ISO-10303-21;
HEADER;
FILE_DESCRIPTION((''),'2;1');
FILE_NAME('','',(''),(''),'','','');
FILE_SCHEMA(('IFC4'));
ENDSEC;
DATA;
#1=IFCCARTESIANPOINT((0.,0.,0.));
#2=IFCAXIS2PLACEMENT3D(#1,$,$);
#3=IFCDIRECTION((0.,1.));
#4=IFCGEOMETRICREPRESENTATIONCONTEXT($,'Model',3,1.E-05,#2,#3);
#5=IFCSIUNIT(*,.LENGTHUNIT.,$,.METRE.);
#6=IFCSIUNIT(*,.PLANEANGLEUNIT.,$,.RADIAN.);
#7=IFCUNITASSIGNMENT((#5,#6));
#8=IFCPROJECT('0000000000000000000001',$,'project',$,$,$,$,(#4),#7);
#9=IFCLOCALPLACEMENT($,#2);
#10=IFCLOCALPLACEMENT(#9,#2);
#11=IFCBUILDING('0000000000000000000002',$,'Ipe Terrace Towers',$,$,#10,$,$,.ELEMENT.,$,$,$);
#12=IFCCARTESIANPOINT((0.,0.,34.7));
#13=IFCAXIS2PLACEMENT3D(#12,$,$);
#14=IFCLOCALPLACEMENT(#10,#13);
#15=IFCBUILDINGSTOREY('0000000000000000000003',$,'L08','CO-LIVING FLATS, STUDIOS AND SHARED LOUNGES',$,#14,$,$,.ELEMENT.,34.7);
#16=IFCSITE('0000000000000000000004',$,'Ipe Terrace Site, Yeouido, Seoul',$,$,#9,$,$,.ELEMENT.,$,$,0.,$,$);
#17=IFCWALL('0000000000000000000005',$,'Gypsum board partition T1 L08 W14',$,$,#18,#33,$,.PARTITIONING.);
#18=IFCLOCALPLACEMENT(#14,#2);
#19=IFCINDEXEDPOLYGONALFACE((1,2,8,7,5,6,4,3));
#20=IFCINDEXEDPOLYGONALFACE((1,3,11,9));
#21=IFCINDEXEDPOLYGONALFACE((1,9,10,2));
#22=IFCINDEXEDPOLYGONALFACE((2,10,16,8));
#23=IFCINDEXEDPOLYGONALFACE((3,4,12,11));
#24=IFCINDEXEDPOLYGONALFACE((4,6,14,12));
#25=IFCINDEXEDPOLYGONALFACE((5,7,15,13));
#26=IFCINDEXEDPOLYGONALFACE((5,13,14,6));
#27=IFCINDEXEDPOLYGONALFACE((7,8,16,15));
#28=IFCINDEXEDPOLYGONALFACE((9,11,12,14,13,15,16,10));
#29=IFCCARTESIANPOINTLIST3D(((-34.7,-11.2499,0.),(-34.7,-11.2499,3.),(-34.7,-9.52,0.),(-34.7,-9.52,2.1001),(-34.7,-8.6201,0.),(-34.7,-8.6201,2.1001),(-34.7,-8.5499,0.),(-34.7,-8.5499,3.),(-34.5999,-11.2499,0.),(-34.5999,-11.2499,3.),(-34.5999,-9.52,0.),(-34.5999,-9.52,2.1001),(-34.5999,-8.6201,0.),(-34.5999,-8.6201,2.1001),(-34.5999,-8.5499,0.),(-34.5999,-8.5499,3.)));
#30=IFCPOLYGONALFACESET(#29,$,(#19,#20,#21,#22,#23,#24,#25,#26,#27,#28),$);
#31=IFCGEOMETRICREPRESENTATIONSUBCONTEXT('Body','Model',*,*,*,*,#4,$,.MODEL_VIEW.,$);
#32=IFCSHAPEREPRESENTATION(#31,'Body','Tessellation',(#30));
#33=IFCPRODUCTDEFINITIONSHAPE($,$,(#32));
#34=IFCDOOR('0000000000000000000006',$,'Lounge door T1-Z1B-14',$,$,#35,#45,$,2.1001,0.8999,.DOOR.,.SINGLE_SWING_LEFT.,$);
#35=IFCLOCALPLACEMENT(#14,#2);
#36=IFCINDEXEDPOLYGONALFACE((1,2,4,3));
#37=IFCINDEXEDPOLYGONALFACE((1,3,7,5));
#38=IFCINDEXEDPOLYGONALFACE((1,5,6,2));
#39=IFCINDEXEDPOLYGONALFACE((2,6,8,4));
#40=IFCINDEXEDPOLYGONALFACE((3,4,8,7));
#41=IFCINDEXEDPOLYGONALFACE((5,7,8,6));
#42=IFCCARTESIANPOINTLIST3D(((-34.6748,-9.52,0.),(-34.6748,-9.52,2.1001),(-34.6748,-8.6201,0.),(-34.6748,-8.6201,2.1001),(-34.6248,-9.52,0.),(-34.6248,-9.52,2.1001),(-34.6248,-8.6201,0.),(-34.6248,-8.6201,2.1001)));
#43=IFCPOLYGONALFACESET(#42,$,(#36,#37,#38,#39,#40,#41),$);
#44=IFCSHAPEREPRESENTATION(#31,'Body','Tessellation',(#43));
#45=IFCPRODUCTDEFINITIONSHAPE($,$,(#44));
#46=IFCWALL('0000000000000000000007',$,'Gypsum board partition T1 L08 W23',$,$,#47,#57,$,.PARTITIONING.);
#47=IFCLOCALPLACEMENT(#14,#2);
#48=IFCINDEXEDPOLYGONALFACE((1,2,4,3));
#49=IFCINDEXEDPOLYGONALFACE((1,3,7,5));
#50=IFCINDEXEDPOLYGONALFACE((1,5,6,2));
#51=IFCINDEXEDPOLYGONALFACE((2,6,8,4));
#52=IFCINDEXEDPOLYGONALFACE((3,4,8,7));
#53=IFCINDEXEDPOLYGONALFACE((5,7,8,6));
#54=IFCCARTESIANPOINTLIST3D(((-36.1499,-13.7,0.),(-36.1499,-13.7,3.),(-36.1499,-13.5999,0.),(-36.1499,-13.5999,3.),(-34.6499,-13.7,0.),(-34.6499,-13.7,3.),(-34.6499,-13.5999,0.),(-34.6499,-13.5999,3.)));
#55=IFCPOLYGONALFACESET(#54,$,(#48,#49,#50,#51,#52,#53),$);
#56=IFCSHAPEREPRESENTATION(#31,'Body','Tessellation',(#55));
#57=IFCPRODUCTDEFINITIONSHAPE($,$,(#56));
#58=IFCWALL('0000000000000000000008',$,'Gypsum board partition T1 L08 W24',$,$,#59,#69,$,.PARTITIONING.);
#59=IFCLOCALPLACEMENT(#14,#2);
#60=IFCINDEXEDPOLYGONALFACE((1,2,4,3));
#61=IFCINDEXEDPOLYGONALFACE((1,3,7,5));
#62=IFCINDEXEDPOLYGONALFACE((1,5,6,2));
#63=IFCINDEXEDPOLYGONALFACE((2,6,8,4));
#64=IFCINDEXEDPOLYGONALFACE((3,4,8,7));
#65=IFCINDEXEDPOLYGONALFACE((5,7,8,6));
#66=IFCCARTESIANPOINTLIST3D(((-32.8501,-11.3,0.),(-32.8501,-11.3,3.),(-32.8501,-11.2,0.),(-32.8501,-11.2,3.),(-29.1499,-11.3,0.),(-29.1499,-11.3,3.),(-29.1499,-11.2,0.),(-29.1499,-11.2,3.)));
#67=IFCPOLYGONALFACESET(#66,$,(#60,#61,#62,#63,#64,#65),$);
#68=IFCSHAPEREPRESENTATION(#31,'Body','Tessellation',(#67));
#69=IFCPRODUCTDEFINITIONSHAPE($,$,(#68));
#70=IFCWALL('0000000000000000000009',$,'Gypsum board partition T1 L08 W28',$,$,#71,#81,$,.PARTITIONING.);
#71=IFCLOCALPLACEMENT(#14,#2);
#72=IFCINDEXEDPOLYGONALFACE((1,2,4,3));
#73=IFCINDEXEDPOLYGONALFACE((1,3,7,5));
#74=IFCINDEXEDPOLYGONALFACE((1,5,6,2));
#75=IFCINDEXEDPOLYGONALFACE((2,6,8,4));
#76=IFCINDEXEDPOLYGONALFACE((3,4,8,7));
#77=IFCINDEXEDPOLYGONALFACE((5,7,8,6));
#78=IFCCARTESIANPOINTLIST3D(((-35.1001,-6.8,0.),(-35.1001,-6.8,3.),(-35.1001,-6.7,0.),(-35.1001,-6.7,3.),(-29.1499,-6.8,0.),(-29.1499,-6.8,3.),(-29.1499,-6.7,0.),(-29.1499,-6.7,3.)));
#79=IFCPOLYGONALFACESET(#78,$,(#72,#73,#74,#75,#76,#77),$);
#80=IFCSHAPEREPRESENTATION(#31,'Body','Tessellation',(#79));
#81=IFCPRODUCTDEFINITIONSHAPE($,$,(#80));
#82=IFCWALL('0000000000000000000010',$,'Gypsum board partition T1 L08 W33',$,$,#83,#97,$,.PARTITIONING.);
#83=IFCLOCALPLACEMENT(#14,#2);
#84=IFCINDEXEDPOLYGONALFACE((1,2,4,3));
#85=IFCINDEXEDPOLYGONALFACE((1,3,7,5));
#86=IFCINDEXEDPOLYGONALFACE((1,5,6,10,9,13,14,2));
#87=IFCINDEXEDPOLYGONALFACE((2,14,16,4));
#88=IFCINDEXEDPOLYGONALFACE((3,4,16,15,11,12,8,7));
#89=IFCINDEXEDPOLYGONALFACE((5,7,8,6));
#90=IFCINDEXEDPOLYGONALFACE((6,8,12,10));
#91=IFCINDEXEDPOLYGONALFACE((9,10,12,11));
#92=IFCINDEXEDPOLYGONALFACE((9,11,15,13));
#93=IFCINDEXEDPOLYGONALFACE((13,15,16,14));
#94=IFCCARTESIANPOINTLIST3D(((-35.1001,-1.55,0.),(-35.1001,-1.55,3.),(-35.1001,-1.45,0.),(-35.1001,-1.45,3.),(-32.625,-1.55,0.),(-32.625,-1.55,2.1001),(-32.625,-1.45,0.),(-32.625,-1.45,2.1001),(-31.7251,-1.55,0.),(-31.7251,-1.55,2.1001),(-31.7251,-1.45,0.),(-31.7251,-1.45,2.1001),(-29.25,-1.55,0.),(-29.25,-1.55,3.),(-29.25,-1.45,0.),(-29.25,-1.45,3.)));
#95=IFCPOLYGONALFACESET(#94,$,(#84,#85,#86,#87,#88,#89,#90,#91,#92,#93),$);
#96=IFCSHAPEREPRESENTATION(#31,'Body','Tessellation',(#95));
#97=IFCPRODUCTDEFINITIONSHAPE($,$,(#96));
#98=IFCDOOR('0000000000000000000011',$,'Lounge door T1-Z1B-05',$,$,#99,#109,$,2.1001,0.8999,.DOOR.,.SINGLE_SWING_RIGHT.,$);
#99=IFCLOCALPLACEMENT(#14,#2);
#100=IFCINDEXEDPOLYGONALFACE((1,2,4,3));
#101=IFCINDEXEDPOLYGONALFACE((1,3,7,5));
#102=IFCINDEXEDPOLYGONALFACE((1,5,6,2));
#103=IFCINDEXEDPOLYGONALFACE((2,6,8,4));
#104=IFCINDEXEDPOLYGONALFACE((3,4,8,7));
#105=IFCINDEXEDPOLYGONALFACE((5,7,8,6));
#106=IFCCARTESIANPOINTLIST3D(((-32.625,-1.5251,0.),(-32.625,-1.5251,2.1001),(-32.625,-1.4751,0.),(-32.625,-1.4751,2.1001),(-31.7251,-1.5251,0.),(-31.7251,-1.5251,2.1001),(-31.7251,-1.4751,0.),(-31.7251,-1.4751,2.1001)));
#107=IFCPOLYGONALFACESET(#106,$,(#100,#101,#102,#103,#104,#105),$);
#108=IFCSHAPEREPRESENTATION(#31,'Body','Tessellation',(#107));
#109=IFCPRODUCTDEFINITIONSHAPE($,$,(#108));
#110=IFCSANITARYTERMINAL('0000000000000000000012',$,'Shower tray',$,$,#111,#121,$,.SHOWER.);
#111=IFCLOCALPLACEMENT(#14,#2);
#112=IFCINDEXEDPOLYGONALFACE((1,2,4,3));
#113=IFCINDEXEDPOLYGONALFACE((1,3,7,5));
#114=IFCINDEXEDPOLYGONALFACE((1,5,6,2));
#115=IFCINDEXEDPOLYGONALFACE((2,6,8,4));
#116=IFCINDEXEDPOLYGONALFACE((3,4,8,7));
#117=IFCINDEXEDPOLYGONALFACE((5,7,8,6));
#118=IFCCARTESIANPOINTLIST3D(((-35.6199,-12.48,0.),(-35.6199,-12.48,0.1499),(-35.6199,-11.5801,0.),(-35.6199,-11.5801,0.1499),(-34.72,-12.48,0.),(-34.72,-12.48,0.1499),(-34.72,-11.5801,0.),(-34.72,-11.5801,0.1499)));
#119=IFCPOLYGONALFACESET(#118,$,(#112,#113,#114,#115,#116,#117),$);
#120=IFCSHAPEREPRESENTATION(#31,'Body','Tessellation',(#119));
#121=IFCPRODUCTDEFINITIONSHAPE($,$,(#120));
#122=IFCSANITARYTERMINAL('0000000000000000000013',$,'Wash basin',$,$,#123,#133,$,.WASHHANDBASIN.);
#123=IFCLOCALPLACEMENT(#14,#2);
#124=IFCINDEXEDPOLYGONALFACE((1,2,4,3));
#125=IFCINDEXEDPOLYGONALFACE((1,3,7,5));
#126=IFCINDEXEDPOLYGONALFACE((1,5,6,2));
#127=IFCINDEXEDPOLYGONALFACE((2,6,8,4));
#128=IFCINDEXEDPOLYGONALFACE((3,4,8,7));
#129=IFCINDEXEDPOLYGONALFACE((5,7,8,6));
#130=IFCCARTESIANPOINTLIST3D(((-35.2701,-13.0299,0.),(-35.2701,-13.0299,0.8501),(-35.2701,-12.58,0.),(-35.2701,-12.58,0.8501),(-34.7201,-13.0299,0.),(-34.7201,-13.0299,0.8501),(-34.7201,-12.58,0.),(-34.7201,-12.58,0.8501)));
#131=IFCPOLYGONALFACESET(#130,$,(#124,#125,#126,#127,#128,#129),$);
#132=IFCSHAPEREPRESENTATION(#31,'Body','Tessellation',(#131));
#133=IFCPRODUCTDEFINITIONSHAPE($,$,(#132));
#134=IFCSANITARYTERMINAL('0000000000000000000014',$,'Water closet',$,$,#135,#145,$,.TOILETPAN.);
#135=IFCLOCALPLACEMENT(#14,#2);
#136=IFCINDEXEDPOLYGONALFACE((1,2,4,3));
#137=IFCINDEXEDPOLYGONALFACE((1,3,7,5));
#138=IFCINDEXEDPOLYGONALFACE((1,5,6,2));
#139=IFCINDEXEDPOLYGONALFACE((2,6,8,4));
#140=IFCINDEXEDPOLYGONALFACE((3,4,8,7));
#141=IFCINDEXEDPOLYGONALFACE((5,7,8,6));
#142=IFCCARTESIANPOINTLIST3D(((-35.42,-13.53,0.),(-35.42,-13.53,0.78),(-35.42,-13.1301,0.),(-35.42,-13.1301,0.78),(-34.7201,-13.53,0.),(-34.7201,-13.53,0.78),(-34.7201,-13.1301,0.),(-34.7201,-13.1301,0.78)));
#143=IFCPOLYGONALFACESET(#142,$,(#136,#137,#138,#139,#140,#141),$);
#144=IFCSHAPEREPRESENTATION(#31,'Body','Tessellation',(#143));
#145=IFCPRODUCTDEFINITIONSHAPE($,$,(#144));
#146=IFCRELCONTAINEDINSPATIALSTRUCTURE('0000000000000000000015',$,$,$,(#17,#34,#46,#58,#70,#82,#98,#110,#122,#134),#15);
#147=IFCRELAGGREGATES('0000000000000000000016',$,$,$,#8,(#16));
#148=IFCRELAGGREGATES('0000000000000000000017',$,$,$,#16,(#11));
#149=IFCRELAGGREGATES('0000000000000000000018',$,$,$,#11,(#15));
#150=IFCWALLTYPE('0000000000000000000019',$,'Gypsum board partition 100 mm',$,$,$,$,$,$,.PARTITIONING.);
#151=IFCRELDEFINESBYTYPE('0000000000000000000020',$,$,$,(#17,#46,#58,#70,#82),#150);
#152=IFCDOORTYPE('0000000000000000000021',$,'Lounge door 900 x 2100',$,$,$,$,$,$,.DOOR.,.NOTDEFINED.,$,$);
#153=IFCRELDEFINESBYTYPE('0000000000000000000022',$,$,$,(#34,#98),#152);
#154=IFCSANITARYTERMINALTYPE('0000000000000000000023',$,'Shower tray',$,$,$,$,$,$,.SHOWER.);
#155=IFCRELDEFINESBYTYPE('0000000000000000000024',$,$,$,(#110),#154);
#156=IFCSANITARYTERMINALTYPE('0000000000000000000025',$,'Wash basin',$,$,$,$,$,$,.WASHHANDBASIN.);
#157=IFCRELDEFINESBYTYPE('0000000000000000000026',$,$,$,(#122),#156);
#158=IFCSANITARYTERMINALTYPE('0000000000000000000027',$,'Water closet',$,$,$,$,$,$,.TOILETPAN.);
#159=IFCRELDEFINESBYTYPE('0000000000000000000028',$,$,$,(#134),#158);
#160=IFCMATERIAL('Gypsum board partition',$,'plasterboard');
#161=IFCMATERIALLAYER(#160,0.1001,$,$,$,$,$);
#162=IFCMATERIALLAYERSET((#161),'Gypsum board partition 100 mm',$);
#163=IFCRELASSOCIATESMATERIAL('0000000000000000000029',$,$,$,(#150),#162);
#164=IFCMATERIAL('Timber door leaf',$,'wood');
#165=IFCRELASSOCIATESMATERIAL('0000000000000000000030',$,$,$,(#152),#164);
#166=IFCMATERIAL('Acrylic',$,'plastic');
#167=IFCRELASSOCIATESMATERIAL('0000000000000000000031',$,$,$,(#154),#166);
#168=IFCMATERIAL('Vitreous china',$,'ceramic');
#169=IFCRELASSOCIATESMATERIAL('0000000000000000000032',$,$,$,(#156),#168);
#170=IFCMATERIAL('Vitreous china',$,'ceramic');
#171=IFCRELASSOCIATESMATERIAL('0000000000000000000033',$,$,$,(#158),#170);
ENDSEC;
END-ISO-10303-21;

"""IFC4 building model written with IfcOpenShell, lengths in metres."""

from ifc_helpers import new_model, si_unit, direction, frame, frame_2d, origin, origin_2d, place, context, subcontext, project, spatial, rectangle, extrude, material, layer, layer_set, type_object, element, fill, save


model = new_model("IFC4")

# Units and contexts
model_context = context("Model", 3, precision=1e-05, world=origin(), true_north=direction((0.0, 1.0)))
body_context = subcontext(model_context, "Body", "Model", "MODEL_VIEW")
ifc_project = project(units=[si_unit("LENGTHUNIT", "METRE"), si_unit("PLANEANGLEUNIT", "RADIAN")], contexts=[model_context])

# Site, building, storey
site_placement = place(None, origin())
site = spatial("IfcSite", under=ifc_project, at=site_placement, Name="Ipe Terrace Site, Yeouido, Seoul", CompositionType="ELEMENT", RefElevation=0.0)
building_placement = place(site_placement, origin())
building = spatial("IfcBuilding", under=site, at=building_placement, Name="Ipe Terrace Towers", CompositionType="ELEMENT")
storey_placement = place(building_placement, frame((0.0, 0.0, 34.7)))
storey = spatial("IfcBuildingStorey", under=building, at=storey_placement, Name="L08", Description="CO-LIVING FLATS, STUDIOS AND SHARED LOUNGES", CompositionType="ELEMENT", Elevation=34.7)

# Shared definitions
ifc_material_1 = material(Name="Gypsum board partition", Category="plasterboard")
ifc_layer_1 = layer(ifc_material_1, 0.1001)
ifc_layer_set_1 = layer_set([ifc_layer_1], Name="Gypsum board partition 100 mm")
wall_type = type_object("IfcWallType", Name="Gypsum board partition 100 mm", PredefinedType="PARTITIONING", material=ifc_layer_set_1)

# Wall, opening, door
wall_1_placement = place(storey_placement, frame((-34.6499, -11.25, 0.0), z_axis=(0.0, 0.0, 1.0), x_axis=(0.0, 1.0, 0.0)))
wall_1 = element("IfcWall", 1, at=wall_1_placement, inside=storey, type_object=wall_type, Name="Gypsum board partition T1 L08 W14", PredefinedType="PARTITIONING", context=body_context, shape_type="SweptSolid", body=[
    extrude(rectangle(XDim=2.7, YDim=0.1001, at=frame_2d((1.3501, 0.0))), origin(), (0.0, 0.0, 1.0), 3.0),
])
opening_1_placement = place(wall_1_placement, frame((1.73, 0.0, 0.0)))
opening_1 = element("IfcOpeningElement", 2, at=opening_1_placement, cuts=wall_1, PredefinedType="OPENING", context=body_context, shape_type="SweptSolid", body=[
    extrude(rectangle(XDim=0.8999, YDim=2.1001, at=frame_2d((0.45, 1.05))), frame((0.0, 0.0601, 0.0), z_axis=(0.0, -1.0, 0.0), x_axis=(1.0, 0.0, 0.0)), (0.0, 0.0, 1.0), 0.1201),
])
ifc_material_2 = material(Name="Timber door leaf", Category="wood")
door_type_1 = type_object("IfcDoorType", Name="Lounge door 900 x 2100", OperationType="NOTDEFINED", PredefinedType="DOOR", material=ifc_material_2)
door_1_placement = place(opening_1_placement, origin())
door_1 = element("IfcDoor", 3, at=door_1_placement, inside=storey, type_object=door_type_1, Name="Lounge door T1-Z1B-14", OperationType="SINGLE_SWING_LEFT", OverallHeight=2.1001, OverallWidth=0.8999, PredefinedType="DOOR", context=body_context, shape_type="SweptSolid", body=[
    extrude(rectangle(XDim=0.8999, YDim=2.1001, at=frame_2d((0.45, 1.05))), frame((0.0, 0.0249, 0.0), z_axis=(0.0, -1.0, 0.0), x_axis=(1.0, 0.0, 0.0)), (0.0, 0.0, 1.0), 0.05),
])
fill(opening_1, door_1)

# Walls
wall_2_placement = place(storey_placement, frame((-36.1499, -13.6499, 0.0), z_axis=(0.0, 0.0, 1.0), x_axis=(1.0, 0.0, 0.0)))
element("IfcWall", 4, at=wall_2_placement, inside=storey, type_object=wall_type, Name="Gypsum board partition T1 L08 W23", PredefinedType="PARTITIONING", context=body_context, shape_type="SweptSolid", body=[
    extrude(rectangle(XDim=1.5, YDim=0.1001, at=frame_2d((0.75, 0.0))), origin(), (0.0, 0.0, 1.0), 3.0),
])
wall_3_placement = place(storey_placement, frame((-32.8501, -11.25, 0.0), z_axis=(0.0, 0.0, 1.0), x_axis=(1.0, 0.0, 0.0)))
element("IfcWall", 5, at=wall_3_placement, inside=storey, type_object=wall_type, Name="Gypsum board partition T1 L08 W24", PredefinedType="PARTITIONING", context=body_context, shape_type="SweptSolid", body=[
    extrude(rectangle(XDim=3.7002, YDim=0.1001, at=frame_2d((1.8501, 0.0))), origin(), (0.0, 0.0, 1.0), 3.0),
])
wall_4_placement = place(storey_placement, frame((-35.1001, -6.75, 0.0), z_axis=(0.0, 0.0, 1.0), x_axis=(1.0, 0.0, 0.0)))
element("IfcWall", 6, at=wall_4_placement, inside=storey, type_object=wall_type, Name="Gypsum board partition T1 L08 W28", PredefinedType="PARTITIONING", context=body_context, shape_type="SweptSolid", body=[
    extrude(rectangle(XDim=5.9502, YDim=0.1001, at=frame_2d((2.9751, 0.0))), origin(), (0.0, 0.0, 1.0), 3.0),
])

# Wall, opening, door
wall_5_placement = place(storey_placement, frame((-35.1001, -1.5, 0.0), z_axis=(0.0, 0.0, 1.0), x_axis=(1.0, 0.0, 0.0)))
wall_5 = element("IfcWall", 7, at=wall_5_placement, inside=storey, type_object=wall_type, Name="Gypsum board partition T1 L08 W33", PredefinedType="PARTITIONING", context=body_context, shape_type="SweptSolid", body=[
    extrude(rectangle(XDim=5.8501, YDim=0.1001, at=frame_2d((2.925, 0.0))), origin(), (0.0, 0.0, 1.0), 3.0),
])
opening_2_placement = place(wall_5_placement, frame((2.4751, 0.0, 0.0)))
opening_2 = element("IfcOpeningElement", 8, at=opening_2_placement, cuts=wall_5, PredefinedType="OPENING", context=body_context, shape_type="SweptSolid", body=[
    extrude(rectangle(XDim=0.8999, YDim=2.1001, at=frame_2d((0.45, 1.05))), frame((0.0, 0.0601, 0.0), z_axis=(0.0, -1.0, 0.0), x_axis=(1.0, 0.0, 0.0)), (0.0, 0.0, 1.0), 0.1201),
])
door_2_placement = place(opening_2_placement, origin())
door_2 = element("IfcDoor", 9, at=door_2_placement, inside=storey, type_object=door_type_1, Name="Lounge door T1-Z1B-05", OperationType="SINGLE_SWING_RIGHT", OverallHeight=2.1001, OverallWidth=0.8999, PredefinedType="DOOR", context=body_context, shape_type="SweptSolid", body=[
    extrude(rectangle(XDim=0.8999, YDim=2.1001, at=frame_2d((0.45, 1.05))), frame((0.0, 0.0249, 0.0), z_axis=(0.0, -1.0, 0.0), x_axis=(1.0, 0.0, 0.0)), (0.0, 0.0, 1.0), 0.05),
])
fill(opening_2, door_2)

# Sanitary terminals
ifc_material_3 = material(Name="Acrylic", Category="plastic")
sanitary_terminal_type_1 = type_object("IfcSanitaryTerminalType", Name="Shower tray", PredefinedType="SHOWER", material=ifc_material_3)
sanitary_terminal_1_placement = place(storey_placement, frame((-35.1699, -12.03, 0.0), z_axis=(0.0, 0.0, 1.0), x_axis=(-1.0, 0.0, 0.0)))
element("IfcSanitaryTerminal", 10, at=sanitary_terminal_1_placement, inside=storey, type_object=sanitary_terminal_type_1, Name="Shower tray", PredefinedType="SHOWER", context=body_context, shape_type="SweptSolid", body=[
    extrude(rectangle(XDim=0.8999, YDim=0.8999, at=origin_2d()), origin(), (0.0, 0.0, 1.0), 0.1499),
])
ifc_material_4 = material(Name="Vitreous china", Category="ceramic")
sanitary_terminal_type_2 = type_object("IfcSanitaryTerminalType", Name="Wash basin", PredefinedType="WASHHANDBASIN", material=ifc_material_4)
sanitary_terminal_2_placement = place(storey_placement, frame((-34.9951, -12.8049, 0.0), z_axis=(0.0, 0.0, 1.0), x_axis=(-1.0, 0.0, 0.0)))
element("IfcSanitaryTerminal", 11, at=sanitary_terminal_2_placement, inside=storey, type_object=sanitary_terminal_type_2, Name="Wash basin", PredefinedType="WASHHANDBASIN", context=body_context, shape_type="SweptSolid", body=[
    extrude(rectangle(XDim=0.55, YDim=0.45, at=origin_2d()), origin(), (0.0, 0.0, 1.0), 0.8501),
])
ifc_material_5 = material(Name="Vitreous china", Category="ceramic")
sanitary_terminal_type_3 = type_object("IfcSanitaryTerminalType", Name="Water closet", PredefinedType="TOILETPAN", material=ifc_material_5)
sanitary_terminal_3_placement = place(storey_placement, frame((-35.0701, -13.3301, 0.0), z_axis=(0.0, 0.0, 1.0), x_axis=(-1.0, 0.0, 0.0)))
element("IfcSanitaryTerminal", 12, at=sanitary_terminal_3_placement, inside=storey, type_object=sanitary_terminal_type_3, Name="Water closet", PredefinedType="TOILETPAN", context=body_context, shape_type="SweptSolid", body=[
    extrude(rectangle(XDim=0.7, YDim=0.3999, at=origin_2d()), origin(), (0.0, 0.0, 1.0), 0.78),
])

save(model, "model.ifc")
